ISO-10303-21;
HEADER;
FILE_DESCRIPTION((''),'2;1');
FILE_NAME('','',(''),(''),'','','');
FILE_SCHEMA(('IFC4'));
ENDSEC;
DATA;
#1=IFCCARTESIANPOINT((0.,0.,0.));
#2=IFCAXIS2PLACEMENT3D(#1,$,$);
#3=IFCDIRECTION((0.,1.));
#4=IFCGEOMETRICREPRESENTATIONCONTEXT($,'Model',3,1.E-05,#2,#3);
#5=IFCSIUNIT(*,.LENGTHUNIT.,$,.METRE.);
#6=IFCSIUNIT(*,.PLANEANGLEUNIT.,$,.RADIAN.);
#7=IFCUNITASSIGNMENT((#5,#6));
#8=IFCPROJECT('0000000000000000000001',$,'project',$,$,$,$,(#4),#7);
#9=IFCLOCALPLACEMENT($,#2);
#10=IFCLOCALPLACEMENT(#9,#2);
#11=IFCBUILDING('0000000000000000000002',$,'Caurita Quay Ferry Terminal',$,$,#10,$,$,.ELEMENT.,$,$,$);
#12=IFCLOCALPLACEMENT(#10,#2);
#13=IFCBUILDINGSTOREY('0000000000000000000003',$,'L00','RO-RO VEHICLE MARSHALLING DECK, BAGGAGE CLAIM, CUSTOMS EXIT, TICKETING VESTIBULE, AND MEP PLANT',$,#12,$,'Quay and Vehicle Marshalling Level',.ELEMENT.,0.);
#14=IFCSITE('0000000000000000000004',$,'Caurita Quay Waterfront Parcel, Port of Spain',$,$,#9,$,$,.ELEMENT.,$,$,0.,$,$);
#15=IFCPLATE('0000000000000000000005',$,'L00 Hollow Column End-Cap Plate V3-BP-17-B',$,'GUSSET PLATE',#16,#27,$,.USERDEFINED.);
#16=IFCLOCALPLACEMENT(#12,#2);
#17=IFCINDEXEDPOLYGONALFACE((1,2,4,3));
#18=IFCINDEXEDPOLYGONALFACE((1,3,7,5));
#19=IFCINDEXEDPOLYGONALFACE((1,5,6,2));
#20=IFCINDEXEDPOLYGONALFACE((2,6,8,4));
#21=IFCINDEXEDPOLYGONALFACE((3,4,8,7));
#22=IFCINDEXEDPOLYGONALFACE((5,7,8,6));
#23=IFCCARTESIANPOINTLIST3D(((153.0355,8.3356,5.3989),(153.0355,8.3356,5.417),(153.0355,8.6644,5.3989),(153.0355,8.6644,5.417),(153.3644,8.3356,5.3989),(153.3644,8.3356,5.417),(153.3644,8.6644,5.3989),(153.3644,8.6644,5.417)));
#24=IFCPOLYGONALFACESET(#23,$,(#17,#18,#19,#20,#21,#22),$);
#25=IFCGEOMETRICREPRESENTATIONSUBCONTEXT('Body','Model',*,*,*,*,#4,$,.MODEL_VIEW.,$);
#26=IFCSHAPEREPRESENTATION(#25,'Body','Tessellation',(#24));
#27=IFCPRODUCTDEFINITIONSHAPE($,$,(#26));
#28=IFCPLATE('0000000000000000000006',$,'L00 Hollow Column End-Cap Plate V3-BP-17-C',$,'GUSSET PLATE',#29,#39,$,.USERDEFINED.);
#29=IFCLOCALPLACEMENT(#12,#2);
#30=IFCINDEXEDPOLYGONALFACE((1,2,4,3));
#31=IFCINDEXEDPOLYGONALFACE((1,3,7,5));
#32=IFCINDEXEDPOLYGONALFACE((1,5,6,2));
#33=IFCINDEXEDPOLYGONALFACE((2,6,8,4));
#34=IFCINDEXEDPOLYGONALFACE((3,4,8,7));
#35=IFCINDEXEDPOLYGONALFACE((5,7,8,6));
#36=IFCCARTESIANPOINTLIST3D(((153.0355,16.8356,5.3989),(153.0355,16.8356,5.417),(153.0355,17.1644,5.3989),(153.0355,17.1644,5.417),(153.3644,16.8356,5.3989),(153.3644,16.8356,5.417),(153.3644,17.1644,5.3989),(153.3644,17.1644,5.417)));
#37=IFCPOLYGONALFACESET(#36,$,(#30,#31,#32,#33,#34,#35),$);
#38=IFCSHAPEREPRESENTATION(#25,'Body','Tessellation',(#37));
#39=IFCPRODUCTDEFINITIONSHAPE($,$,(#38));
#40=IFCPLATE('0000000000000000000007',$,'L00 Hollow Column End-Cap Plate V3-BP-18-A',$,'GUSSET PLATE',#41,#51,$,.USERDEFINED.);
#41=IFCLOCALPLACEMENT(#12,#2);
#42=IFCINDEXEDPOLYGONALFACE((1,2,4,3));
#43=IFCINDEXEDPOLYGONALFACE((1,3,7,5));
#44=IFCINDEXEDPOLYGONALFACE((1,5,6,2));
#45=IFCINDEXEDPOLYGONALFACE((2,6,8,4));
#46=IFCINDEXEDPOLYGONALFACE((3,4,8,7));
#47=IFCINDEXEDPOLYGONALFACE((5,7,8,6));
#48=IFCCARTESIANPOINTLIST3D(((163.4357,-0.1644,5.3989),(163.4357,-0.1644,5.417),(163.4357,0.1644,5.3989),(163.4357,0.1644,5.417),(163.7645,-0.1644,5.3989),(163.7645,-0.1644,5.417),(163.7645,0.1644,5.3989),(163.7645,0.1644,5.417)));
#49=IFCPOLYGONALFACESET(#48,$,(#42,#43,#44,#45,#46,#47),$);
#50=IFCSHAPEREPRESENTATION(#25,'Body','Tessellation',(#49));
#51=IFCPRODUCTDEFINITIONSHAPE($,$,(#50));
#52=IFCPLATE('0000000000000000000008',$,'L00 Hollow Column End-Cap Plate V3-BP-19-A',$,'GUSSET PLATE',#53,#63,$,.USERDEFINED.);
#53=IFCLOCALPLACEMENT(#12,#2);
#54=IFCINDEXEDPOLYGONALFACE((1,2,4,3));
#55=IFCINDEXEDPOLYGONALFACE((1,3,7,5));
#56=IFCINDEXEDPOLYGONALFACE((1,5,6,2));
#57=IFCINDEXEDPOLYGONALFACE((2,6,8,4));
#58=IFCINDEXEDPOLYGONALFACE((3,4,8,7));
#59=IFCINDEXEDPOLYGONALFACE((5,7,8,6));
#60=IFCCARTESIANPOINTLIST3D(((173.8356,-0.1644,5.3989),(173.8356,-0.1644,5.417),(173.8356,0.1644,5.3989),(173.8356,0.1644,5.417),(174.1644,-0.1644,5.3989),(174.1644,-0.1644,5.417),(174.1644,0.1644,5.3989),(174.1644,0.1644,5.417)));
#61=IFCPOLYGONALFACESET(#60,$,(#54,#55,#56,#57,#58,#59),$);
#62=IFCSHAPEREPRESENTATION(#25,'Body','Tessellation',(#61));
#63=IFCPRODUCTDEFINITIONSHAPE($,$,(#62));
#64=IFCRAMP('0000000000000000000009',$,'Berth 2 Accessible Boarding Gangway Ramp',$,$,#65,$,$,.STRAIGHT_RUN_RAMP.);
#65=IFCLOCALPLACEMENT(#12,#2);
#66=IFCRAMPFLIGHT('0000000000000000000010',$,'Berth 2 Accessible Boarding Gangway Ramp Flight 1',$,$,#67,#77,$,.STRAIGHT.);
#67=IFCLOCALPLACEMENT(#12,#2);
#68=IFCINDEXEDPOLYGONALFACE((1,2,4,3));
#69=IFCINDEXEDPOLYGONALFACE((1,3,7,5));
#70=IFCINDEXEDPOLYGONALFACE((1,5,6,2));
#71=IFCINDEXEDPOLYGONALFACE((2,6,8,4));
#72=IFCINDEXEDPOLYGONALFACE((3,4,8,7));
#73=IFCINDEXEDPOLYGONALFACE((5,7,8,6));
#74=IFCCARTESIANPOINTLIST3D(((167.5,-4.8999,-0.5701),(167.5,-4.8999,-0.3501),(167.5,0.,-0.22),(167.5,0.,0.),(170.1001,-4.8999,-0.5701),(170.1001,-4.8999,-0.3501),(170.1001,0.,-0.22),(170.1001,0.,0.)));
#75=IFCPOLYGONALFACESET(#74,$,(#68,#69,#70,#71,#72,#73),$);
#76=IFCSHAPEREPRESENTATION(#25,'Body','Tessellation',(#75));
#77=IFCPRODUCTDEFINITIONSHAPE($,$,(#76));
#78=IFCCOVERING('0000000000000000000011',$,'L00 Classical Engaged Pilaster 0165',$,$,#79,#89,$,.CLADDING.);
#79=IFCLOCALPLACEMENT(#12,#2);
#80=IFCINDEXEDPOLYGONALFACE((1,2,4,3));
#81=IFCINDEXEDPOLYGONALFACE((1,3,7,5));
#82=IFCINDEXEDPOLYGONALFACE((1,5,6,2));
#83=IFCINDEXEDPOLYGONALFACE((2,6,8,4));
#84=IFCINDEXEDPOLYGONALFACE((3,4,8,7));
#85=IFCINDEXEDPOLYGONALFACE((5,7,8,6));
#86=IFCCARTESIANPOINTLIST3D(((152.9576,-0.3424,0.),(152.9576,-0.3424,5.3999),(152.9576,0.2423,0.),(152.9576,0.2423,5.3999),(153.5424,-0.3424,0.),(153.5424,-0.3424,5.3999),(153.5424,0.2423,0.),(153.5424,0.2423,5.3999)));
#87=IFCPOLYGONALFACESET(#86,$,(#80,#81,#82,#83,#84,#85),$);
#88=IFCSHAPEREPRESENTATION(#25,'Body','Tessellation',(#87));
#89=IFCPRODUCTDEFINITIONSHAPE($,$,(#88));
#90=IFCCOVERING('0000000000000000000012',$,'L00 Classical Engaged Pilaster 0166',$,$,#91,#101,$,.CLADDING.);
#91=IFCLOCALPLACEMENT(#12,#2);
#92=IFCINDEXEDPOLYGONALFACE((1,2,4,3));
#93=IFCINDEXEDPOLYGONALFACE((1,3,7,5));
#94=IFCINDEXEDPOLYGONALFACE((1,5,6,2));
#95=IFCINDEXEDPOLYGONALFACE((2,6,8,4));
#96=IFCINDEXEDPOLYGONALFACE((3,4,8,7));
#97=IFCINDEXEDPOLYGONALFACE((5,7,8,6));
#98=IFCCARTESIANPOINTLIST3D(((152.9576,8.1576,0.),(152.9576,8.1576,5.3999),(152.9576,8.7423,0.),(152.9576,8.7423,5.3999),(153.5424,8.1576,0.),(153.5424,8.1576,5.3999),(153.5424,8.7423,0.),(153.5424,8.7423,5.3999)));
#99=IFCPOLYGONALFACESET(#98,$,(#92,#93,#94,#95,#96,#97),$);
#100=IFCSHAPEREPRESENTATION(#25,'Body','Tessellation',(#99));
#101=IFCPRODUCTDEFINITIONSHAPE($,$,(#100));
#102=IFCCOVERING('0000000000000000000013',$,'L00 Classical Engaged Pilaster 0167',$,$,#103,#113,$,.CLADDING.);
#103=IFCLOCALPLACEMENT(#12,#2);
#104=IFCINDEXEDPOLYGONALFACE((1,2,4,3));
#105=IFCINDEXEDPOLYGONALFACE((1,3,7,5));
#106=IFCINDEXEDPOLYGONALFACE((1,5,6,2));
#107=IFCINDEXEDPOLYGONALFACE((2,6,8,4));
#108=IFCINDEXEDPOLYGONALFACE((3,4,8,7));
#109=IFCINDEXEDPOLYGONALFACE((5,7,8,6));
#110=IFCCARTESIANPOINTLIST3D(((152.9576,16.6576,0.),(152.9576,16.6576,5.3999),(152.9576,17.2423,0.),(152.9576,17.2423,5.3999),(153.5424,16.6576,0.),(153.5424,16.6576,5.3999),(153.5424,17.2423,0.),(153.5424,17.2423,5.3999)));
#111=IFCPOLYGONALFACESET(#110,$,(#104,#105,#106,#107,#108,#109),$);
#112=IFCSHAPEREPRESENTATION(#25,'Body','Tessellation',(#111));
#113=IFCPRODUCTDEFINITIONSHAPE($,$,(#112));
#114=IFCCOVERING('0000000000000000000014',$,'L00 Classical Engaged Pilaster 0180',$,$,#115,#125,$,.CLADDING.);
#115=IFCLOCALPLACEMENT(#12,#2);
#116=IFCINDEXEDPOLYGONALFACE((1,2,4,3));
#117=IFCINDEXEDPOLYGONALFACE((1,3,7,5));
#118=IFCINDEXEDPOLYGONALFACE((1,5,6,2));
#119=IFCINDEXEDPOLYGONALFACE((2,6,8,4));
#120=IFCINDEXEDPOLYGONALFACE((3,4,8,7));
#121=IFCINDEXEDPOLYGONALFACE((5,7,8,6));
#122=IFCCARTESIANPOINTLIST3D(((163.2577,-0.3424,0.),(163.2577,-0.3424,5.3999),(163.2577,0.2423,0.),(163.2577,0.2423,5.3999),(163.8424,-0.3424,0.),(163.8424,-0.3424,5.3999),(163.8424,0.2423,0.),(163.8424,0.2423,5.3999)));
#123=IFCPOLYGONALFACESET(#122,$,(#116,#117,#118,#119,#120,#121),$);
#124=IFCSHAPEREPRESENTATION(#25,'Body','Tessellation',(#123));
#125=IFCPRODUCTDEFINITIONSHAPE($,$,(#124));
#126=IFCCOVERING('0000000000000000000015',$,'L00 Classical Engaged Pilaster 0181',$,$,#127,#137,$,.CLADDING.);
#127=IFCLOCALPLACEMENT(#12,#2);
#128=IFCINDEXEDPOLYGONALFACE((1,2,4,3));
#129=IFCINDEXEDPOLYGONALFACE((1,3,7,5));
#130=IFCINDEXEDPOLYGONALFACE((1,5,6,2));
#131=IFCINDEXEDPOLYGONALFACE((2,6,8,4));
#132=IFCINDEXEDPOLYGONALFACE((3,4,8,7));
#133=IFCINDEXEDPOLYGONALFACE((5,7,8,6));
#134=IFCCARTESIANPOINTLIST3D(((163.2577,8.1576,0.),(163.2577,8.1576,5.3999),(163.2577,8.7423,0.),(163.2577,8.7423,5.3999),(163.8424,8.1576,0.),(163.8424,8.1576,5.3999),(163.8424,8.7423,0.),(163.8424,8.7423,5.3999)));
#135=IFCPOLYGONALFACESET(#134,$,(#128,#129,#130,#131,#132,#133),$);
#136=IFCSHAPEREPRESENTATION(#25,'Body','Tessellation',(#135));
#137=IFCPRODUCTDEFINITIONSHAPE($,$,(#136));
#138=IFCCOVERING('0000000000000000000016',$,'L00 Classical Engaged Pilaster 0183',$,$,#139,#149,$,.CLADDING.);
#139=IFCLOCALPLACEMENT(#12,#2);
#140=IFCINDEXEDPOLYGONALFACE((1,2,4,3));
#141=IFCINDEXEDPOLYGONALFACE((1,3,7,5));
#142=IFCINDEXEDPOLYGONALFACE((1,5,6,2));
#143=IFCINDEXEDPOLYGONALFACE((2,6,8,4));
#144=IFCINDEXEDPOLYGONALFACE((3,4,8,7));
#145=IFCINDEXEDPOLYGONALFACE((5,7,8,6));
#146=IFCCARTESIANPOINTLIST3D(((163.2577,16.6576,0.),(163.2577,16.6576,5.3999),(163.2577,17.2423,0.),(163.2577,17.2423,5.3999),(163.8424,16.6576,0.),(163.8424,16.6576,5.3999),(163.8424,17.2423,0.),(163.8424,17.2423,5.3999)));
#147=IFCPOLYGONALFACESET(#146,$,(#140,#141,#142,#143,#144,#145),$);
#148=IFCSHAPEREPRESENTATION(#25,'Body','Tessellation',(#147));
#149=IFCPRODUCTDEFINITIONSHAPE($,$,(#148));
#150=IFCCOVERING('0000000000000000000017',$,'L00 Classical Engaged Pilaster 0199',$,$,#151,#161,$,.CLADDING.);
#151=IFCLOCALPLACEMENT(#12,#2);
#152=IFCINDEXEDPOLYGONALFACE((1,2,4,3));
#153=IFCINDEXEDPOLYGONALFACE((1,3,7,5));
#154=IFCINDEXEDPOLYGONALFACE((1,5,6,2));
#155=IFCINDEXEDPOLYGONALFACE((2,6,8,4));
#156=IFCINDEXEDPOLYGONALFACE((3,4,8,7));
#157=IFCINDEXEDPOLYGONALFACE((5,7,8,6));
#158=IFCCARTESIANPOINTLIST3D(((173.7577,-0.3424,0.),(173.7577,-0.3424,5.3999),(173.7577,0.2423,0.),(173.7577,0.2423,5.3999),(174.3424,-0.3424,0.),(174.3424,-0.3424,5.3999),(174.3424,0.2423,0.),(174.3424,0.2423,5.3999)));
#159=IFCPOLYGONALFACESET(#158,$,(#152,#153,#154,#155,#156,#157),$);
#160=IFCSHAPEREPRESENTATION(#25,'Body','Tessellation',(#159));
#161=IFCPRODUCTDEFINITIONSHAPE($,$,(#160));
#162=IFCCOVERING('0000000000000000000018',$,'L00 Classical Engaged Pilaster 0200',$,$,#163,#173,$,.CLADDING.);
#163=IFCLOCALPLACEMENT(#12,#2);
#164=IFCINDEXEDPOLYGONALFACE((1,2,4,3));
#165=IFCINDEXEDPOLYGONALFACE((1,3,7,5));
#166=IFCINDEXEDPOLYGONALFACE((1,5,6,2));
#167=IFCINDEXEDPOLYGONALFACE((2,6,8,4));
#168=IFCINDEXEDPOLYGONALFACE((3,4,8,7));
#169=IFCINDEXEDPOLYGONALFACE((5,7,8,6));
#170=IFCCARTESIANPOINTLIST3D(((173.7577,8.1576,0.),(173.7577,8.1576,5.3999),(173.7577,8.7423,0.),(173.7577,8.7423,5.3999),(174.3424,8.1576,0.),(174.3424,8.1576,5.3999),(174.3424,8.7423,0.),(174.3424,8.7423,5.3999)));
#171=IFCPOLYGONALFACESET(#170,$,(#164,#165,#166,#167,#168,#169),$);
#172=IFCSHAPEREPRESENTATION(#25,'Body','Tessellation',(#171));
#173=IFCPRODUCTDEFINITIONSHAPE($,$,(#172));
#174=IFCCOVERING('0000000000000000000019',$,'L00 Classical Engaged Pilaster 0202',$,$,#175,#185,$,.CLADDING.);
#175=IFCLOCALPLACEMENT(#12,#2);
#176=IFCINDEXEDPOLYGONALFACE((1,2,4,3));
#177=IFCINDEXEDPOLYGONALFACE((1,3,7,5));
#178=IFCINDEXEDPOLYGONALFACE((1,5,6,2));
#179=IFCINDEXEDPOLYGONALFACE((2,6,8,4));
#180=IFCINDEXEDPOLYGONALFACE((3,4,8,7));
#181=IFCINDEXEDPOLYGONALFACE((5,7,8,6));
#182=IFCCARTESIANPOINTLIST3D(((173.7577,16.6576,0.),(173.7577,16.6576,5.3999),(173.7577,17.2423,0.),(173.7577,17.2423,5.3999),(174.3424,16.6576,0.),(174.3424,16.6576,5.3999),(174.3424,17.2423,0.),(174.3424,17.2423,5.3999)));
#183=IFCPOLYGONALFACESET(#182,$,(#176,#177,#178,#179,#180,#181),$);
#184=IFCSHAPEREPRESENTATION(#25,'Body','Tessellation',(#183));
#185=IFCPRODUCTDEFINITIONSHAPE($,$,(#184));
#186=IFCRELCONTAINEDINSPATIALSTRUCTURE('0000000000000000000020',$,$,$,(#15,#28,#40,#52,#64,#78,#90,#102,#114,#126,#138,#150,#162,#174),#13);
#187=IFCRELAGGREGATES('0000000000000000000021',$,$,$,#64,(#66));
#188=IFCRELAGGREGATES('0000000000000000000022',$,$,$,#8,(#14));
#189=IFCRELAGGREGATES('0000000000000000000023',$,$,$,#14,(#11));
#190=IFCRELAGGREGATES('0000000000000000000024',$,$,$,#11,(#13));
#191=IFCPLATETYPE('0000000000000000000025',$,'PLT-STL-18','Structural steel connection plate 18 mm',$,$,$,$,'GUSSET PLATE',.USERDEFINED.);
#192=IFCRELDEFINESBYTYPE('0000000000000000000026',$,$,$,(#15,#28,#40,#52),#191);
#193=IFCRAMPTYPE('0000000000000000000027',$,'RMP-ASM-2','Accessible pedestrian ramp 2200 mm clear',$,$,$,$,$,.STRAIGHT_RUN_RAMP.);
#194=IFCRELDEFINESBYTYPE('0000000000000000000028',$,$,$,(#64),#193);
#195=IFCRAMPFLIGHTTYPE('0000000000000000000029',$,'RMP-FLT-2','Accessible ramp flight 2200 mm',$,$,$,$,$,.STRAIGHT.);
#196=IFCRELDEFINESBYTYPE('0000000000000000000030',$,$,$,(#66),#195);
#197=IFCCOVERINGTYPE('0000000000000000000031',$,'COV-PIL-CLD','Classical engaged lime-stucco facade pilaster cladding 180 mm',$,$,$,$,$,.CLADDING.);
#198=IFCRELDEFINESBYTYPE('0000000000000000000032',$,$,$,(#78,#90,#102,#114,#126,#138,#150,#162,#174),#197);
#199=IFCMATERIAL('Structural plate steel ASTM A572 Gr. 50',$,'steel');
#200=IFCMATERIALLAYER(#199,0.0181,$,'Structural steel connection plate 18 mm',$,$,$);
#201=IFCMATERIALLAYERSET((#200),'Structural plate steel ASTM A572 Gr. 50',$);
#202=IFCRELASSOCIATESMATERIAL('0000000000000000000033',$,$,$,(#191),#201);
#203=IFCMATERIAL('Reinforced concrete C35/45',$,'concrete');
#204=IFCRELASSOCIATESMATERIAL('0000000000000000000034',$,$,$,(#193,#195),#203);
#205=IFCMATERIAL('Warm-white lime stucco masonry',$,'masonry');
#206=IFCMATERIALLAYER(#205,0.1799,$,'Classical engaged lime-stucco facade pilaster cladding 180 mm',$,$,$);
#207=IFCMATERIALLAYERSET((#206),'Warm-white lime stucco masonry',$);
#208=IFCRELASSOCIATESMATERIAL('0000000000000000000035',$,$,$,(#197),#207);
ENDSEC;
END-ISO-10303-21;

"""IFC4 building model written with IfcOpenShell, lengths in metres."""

from ifc_helpers import new_model, si_unit, direction, frame, origin, origin_2d, place, context, subcontext, project, spatial, polyline, rectangle, outline, extrude, material, layer, layer_set, type_object, element, aggregate, save


model = new_model("IFC4")

# Units and contexts
model_context = context("Model", 3, precision=1e-05, world=origin(), true_north=direction((0.0, 1.0)))
body_context = subcontext(model_context, "Body", "Model", "MODEL_VIEW")
ifc_project = project(units=[si_unit("LENGTHUNIT", "METRE"), si_unit("PLANEANGLEUNIT", "RADIAN")], contexts=[model_context])

# Site, building, storey
site_placement = place(None, origin())
site = spatial("IfcSite", under=ifc_project, at=site_placement, Name="Caurita Quay Waterfront Parcel, Port of Spain", CompositionType="ELEMENT", RefElevation=0.0)
building_placement = place(site_placement, origin())
building = spatial("IfcBuilding", under=site, at=building_placement, Name="Caurita Quay Ferry Terminal", CompositionType="ELEMENT")
storey_placement = place(building_placement, origin())
storey = spatial("IfcBuildingStorey", under=building, at=storey_placement, Name="L00", Description="RO-RO VEHICLE MARSHALLING DECK, BAGGAGE CLAIM, CUSTOMS EXIT, TICKETING VESTIBULE, AND MEP PLANT", LongName="Quay and Vehicle Marshalling Level", CompositionType="ELEMENT", Elevation=0.0)

# Plates
ifc_material_1 = material(Name="Structural plate steel ASTM A572 Gr. 50", Category="steel")
ifc_layer_1 = layer(ifc_material_1, 0.0181, Name="Structural steel connection plate 18 mm")
ifc_layer_set_1 = layer_set([ifc_layer_1], Name="Structural plate steel ASTM A572 Gr. 50")
plate_type = type_object("IfcPlateType", Name="PLT-STL-18", Description="Structural steel connection plate 18 mm", ElementType="GUSSET PLATE", PredefinedType="USERDEFINED", material=ifc_layer_set_1)
for number, where, z_axis, x_axis, name in (
    (1, (153.2, 8.5, 5.3989), (0.0, 0.0, 1.0), (1.0, 0.0, 0.0), "L00 Hollow Column End-Cap Plate V3-BP-17-B"),
    (2, (153.2, 17.0, 5.3989), (0.0, 0.0, 1.0), (1.0, 0.0, 0.0), "L00 Hollow Column End-Cap Plate V3-BP-17-C"),
    (3, (163.6001, 0.0, 5.3989), (0.0, 0.0, 1.0), (1.0, 0.0, 0.0), "L00 Hollow Column End-Cap Plate V3-BP-18-A"),
    (4, (174.0, 0.0, 5.3989), (0.0, 0.0, 1.0), (1.0, 0.0, 0.0), "L00 Hollow Column End-Cap Plate V3-BP-19-A"),
):
    element("IfcPlate", number, at=place(storey_placement, frame(where, z_axis=z_axis, x_axis=x_axis)), inside=storey, type_object=plate_type, Name=name, ObjectType="GUSSET PLATE", PredefinedType="USERDEFINED", context=body_context, shape_type="SweptSolid", body=[
        extrude(rectangle(XDim=0.3289, YDim=0.3289, at=origin_2d()), origin(), (0.0, 0.0, 1.0), 0.0181),
    ])

# Ramp, ramp flight
ifc_material_2 = material(Name="Reinforced concrete C35/45", Category="concrete")
ramp_type = type_object("IfcRampType", Name="RMP-ASM-2", Description="Accessible pedestrian ramp 2200 mm clear", PredefinedType="STRAIGHT_RUN_RAMP", material=ifc_material_2)
ramp_placement = place(storey_placement, origin())
ramp = element("IfcRamp", 5, at=ramp_placement, inside=storey, type_object=ramp_type, Name="Berth 2 Accessible Boarding Gangway Ramp", PredefinedType="STRAIGHT_RUN_RAMP")
ramp_flight_type = type_object("IfcRampFlightType", Name="RMP-FLT-2", Description="Accessible ramp flight 2200 mm", PredefinedType="STRAIGHT", material=ifc_material_2)
ramp_flight_placement = place(storey_placement, frame((168.8, -4.8999, -0.3501), z_axis=(0.0, 0.0, 1.0), x_axis=(0.0, 1.0, 0.0)))
ramp_flight = element("IfcRampFlight", 6, at=ramp_flight_placement, type_object=ramp_flight_type, Name="Berth 2 Accessible Boarding Gangway Ramp Flight 1", PredefinedType="STRAIGHT", context=body_context, shape_type="SweptSolid", body=[
    extrude(outline(polyline([(0.0, 0.0), (0.0, -0.22), (4.8999, 0.1301), (4.8999, 0.3501), (0.0, 0.0)])), frame((0.0, 1.3, 0.0), z_axis=(0.0, -1.0, 0.0), x_axis=(1.0, 0.0, 0.0)), (0.0, 0.0, 1.0), 2.6001),
])
aggregate(ramp, [ramp_flight])

# Coverings
ifc_material_3 = material(Name="Warm-white lime stucco masonry", Category="masonry")
ifc_layer_2 = layer(ifc_material_3, 0.1799, Name="Classical engaged lime-stucco facade pilaster cladding 180 mm")
ifc_layer_set_2 = layer_set([ifc_layer_2], Name="Warm-white lime stucco masonry")
covering_type = type_object("IfcCoveringType", Name="COV-PIL-CLD", Description="Classical engaged lime-stucco facade pilaster cladding 180 mm", PredefinedType="CLADDING", material=ifc_layer_set_2)
for number, where, z_axis, x_axis, name in (
    (7, (153.25, -0.05, 0.0), (0.0, 0.0, 1.0), (1.0, 0.0, 0.0), "L00 Classical Engaged Pilaster 0165"),
    (8, (153.25, 8.45, 0.0), (0.0, 0.0, 1.0), (1.0, 0.0, 0.0), "L00 Classical Engaged Pilaster 0166"),
    (9, (153.25, 16.95, 0.0), (0.0, 0.0, 1.0), (1.0, 0.0, 0.0), "L00 Classical Engaged Pilaster 0167"),
    (10, (163.55, -0.05, 0.0), (0.0, 0.0, 1.0), (1.0, 0.0, 0.0), "L00 Classical Engaged Pilaster 0180"),
    (11, (163.55, 8.45, 0.0), (0.0, 0.0, 1.0), (1.0, 0.0, 0.0), "L00 Classical Engaged Pilaster 0181"),
    (12, (163.55, 16.95, 0.0), (0.0, 0.0, 1.0), (1.0, 0.0, 0.0), "L00 Classical Engaged Pilaster 0183"),
    (13, (174.05, -0.05, 0.0), (0.0, 0.0, 1.0), (1.0, 0.0, 0.0), "L00 Classical Engaged Pilaster 0199"),
    (14, (174.05, 8.45, 0.0), (0.0, 0.0, 1.0), (1.0, 0.0, 0.0), "L00 Classical Engaged Pilaster 0200"),
    (15, (174.05, 16.95, 0.0), (0.0, 0.0, 1.0), (1.0, 0.0, 0.0), "L00 Classical Engaged Pilaster 0202"),
):
    element("IfcCovering", number, at=place(storey_placement, frame(where, z_axis=z_axis, x_axis=x_axis)), inside=storey, type_object=covering_type, Name=name, PredefinedType="CLADDING", context=body_context, shape_type="SweptSolid", body=[
        extrude(rectangle(XDim=0.5847, YDim=0.5847, at=origin_2d()), origin(), (0.0, 0.0, 1.0), 5.3999),
    ])

save(model, "model.ifc")
